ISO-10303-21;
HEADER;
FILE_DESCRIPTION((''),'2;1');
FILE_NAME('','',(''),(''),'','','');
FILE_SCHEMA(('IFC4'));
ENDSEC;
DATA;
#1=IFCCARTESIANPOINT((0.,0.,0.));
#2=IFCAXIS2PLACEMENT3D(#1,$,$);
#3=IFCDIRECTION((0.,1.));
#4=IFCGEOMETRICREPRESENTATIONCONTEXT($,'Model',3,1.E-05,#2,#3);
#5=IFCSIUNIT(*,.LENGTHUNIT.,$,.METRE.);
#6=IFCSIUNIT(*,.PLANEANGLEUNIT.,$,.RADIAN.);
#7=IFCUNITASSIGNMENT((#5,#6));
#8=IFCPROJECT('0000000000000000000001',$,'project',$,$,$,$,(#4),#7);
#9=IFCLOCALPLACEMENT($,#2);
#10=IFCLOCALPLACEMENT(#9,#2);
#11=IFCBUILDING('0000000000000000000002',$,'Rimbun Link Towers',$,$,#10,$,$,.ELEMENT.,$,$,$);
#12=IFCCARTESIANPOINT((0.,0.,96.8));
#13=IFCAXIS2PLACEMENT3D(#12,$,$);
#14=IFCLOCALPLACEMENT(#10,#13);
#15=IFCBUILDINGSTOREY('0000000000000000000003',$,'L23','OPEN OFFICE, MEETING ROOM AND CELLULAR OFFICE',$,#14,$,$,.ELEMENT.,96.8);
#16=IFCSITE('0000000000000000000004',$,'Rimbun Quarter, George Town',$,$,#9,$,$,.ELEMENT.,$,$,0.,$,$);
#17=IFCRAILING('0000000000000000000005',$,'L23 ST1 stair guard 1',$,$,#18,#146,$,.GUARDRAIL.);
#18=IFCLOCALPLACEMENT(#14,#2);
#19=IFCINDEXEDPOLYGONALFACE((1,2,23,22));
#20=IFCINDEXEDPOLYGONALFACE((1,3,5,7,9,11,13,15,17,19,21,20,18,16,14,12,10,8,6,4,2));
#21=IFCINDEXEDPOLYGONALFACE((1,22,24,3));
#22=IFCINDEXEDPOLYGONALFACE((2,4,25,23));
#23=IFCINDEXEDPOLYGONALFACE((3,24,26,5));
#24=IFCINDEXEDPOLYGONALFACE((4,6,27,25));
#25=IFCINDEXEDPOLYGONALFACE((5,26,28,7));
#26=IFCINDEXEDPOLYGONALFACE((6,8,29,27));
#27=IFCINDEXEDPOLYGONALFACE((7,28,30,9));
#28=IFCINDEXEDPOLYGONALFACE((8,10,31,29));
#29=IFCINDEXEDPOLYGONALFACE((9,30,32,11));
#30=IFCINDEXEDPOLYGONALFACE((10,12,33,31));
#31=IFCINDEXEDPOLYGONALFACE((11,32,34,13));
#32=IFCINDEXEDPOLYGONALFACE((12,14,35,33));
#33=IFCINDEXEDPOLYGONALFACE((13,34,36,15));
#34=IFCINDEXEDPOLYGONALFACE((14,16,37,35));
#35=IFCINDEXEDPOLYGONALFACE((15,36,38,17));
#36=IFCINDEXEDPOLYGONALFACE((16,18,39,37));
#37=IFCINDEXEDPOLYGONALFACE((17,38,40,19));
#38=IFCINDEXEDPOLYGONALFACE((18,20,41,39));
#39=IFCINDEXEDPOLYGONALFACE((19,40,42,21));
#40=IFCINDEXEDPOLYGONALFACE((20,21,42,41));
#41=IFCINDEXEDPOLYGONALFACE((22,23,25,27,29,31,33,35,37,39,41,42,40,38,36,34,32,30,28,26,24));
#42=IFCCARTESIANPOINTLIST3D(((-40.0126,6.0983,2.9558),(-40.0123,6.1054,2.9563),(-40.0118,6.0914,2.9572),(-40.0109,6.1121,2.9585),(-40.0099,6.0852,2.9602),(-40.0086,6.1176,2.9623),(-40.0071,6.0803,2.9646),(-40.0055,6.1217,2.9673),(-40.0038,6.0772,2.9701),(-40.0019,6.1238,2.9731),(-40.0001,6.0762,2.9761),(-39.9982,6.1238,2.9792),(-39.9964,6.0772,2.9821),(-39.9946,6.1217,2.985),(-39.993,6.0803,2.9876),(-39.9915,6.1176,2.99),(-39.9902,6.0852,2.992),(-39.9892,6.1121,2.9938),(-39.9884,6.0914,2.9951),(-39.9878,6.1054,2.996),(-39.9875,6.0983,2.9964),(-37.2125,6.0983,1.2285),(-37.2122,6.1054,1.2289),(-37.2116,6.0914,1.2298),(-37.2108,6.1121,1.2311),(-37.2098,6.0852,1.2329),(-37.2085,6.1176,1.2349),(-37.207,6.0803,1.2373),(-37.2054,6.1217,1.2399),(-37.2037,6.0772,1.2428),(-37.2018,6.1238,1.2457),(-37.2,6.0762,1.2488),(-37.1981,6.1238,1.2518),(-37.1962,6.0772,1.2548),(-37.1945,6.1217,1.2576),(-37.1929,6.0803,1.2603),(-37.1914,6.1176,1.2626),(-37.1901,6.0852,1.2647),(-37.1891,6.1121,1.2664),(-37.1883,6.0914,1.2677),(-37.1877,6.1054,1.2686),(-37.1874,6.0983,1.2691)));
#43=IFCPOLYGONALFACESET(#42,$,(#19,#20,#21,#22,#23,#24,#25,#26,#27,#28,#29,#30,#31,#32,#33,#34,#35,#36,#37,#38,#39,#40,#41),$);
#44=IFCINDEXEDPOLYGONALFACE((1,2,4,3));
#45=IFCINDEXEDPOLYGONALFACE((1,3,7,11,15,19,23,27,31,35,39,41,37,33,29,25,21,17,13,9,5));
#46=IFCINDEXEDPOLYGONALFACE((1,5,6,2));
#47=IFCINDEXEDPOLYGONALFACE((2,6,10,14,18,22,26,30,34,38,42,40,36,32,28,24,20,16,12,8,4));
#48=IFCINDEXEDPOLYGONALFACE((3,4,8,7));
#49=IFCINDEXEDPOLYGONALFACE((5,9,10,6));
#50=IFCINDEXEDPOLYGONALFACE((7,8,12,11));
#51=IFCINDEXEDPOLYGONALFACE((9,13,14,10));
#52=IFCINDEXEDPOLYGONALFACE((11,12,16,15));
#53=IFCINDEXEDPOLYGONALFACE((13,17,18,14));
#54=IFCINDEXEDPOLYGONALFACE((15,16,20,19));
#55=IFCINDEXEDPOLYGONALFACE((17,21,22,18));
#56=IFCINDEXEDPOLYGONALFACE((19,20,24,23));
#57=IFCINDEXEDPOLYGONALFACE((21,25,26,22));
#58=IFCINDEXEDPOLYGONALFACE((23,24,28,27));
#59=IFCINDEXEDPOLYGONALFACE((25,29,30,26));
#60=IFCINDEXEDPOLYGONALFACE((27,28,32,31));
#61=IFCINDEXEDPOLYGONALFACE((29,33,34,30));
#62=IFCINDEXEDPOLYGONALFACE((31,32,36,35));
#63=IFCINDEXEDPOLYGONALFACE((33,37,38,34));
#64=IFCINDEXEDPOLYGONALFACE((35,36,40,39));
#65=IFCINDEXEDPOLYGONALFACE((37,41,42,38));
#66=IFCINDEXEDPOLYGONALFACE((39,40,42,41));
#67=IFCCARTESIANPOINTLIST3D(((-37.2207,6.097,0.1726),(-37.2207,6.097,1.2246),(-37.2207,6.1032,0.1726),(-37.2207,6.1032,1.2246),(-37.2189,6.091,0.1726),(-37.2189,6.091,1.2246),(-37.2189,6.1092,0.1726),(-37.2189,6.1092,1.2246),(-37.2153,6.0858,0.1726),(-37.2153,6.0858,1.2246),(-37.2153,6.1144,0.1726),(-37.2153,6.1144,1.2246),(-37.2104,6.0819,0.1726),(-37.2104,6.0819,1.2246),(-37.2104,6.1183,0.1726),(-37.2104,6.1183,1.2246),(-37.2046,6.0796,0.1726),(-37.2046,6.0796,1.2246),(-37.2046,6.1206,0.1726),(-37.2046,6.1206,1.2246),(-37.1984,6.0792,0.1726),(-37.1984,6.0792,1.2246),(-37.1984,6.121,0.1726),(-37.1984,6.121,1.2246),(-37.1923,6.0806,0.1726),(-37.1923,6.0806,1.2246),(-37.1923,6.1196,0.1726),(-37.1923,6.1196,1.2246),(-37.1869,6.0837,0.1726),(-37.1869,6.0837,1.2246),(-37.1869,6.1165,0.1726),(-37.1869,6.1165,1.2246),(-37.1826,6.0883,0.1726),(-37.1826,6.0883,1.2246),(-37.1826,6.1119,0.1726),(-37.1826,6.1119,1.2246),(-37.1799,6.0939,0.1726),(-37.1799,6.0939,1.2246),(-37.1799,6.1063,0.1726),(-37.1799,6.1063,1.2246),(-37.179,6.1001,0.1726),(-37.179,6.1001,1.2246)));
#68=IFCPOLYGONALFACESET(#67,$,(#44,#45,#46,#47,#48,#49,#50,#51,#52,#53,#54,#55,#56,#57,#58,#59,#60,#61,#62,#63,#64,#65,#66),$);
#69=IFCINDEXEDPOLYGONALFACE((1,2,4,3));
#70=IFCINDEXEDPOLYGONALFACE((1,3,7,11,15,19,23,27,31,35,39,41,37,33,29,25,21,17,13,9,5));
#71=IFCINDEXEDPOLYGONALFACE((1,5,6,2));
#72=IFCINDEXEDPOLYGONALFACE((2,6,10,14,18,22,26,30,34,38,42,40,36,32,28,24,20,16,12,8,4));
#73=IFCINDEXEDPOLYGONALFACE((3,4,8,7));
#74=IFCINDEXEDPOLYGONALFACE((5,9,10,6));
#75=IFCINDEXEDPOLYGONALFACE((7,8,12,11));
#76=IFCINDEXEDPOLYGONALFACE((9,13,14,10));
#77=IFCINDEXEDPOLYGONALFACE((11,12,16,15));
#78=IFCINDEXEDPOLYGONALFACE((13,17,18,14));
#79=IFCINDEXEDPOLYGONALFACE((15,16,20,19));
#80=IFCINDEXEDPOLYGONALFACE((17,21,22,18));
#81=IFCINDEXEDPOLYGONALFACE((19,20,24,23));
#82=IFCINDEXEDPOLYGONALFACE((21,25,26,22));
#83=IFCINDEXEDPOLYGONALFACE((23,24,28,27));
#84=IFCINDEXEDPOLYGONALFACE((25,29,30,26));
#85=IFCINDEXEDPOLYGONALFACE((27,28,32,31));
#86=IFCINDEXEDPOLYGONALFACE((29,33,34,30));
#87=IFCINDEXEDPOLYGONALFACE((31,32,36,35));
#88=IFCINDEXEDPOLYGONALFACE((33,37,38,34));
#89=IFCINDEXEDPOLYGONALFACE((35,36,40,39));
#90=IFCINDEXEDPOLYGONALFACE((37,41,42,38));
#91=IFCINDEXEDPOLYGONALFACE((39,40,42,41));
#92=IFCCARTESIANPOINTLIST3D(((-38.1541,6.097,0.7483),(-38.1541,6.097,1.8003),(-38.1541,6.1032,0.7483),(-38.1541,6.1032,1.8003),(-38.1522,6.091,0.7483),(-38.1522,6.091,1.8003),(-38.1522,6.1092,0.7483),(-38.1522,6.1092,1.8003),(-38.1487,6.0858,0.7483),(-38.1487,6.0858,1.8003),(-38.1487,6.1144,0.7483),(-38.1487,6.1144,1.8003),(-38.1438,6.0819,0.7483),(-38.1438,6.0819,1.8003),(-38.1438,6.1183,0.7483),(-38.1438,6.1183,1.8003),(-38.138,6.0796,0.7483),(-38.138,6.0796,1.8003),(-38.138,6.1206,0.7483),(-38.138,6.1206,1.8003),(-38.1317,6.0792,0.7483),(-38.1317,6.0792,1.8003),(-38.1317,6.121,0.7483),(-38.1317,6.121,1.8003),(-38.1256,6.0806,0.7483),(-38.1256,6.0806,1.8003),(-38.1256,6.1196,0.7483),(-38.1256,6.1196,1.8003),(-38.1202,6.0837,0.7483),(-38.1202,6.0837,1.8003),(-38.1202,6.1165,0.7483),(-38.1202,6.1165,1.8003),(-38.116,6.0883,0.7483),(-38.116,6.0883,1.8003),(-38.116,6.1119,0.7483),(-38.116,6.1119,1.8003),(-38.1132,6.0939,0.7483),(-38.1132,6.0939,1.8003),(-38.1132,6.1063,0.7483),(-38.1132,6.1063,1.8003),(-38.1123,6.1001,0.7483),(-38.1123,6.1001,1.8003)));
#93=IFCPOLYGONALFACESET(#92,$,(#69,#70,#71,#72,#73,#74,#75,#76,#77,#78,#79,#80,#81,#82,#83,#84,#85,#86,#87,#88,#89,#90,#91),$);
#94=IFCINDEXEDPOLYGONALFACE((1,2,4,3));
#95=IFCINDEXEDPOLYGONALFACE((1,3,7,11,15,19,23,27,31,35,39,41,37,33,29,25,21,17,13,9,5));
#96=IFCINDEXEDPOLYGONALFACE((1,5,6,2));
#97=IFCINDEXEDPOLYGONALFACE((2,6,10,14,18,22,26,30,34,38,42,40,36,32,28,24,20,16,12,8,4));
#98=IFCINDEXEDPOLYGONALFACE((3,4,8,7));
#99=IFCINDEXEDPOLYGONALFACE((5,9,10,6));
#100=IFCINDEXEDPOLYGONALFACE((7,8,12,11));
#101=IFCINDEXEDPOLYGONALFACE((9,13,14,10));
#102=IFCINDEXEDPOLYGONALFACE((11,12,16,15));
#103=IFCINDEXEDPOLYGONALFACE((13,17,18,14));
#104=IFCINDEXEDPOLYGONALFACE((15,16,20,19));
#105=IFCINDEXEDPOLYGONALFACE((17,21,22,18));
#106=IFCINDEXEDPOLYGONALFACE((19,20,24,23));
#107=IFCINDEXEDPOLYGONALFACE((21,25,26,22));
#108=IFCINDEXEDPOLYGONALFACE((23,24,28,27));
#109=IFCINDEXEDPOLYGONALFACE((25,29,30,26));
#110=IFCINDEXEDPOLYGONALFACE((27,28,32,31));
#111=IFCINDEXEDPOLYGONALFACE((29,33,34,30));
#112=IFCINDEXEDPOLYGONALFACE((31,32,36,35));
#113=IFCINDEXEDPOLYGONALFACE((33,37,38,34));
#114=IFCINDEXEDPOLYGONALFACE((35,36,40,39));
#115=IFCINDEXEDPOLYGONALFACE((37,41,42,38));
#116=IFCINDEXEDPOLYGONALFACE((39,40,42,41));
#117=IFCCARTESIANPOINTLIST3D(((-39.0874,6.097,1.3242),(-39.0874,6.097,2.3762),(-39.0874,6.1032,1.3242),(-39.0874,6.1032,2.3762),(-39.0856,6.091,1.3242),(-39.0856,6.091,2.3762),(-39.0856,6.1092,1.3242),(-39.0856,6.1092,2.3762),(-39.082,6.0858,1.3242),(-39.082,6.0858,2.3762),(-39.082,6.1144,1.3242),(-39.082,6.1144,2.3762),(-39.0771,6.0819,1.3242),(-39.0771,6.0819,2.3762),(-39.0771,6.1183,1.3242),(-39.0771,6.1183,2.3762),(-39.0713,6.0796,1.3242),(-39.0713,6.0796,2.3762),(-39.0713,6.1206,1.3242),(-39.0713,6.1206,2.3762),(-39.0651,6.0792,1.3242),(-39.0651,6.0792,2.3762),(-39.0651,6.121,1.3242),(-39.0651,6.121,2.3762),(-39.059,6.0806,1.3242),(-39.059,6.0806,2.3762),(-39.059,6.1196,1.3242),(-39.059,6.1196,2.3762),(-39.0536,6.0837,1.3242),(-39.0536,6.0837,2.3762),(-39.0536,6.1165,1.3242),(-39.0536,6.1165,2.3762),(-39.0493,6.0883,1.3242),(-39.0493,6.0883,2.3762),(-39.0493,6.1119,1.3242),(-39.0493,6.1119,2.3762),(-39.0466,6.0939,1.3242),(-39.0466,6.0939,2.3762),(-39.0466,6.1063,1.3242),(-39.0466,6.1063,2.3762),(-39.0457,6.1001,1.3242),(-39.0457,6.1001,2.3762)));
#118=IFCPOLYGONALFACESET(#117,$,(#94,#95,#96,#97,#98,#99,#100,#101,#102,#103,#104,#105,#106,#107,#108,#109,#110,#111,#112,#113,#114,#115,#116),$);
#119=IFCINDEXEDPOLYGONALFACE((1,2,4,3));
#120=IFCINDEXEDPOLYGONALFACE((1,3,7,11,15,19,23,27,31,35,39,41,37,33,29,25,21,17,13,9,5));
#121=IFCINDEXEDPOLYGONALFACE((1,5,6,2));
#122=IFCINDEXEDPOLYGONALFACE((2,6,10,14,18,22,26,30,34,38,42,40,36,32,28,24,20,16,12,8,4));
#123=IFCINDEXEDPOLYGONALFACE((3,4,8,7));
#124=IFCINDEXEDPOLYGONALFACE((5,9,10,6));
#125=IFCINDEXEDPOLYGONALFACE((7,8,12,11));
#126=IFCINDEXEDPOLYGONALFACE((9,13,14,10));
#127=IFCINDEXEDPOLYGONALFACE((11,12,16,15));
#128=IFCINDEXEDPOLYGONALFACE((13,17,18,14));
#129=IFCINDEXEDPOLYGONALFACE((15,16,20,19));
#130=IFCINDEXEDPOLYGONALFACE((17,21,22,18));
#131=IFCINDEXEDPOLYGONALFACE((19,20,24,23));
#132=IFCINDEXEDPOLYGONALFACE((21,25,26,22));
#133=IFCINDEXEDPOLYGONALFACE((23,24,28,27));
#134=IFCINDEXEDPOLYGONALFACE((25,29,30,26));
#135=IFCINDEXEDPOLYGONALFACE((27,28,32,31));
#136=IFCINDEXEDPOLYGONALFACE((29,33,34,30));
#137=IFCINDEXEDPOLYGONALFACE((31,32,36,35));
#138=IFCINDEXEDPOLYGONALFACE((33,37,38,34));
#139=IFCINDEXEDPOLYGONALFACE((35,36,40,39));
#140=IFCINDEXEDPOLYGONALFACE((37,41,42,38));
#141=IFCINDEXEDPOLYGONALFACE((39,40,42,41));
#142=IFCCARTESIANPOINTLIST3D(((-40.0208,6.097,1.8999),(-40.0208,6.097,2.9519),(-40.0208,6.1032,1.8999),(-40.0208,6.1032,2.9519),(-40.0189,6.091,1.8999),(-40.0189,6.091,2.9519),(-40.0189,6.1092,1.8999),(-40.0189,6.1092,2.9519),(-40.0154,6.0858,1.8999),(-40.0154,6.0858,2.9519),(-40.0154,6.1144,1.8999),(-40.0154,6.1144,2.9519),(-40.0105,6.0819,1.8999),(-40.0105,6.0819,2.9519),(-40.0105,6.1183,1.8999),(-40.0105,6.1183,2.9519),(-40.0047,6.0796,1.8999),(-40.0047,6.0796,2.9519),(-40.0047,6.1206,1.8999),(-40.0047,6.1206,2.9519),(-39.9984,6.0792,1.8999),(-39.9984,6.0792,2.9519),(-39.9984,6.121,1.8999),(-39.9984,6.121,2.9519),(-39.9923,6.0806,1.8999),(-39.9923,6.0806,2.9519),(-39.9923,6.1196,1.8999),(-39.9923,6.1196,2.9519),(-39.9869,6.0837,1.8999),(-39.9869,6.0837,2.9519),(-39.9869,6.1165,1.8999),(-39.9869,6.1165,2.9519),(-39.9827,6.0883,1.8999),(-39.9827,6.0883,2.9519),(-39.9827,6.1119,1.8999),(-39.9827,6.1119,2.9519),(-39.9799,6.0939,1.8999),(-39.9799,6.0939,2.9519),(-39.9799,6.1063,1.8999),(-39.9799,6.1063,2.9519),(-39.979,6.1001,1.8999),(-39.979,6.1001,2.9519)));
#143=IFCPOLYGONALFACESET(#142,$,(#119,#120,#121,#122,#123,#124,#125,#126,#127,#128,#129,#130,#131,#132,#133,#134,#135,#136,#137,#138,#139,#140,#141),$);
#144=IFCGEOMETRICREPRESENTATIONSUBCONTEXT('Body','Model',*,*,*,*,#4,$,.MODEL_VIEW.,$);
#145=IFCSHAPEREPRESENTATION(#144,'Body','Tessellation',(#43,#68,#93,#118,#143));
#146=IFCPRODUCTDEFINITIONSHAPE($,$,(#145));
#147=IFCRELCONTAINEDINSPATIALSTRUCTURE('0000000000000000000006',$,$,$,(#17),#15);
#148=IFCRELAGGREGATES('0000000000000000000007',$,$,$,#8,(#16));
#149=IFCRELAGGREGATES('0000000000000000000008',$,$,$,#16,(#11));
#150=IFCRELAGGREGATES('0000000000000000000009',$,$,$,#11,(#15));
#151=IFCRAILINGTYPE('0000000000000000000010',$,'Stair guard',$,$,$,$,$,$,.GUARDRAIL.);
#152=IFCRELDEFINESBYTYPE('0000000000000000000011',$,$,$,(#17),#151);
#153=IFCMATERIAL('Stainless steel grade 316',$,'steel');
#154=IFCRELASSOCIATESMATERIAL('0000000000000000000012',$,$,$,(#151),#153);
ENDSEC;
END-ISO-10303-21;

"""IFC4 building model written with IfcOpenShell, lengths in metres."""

from ifc_helpers import new_model, si_unit, direction, frame, origin, origin_2d, place, context, subcontext, project, spatial, circle, extrude, material, type_object, element, save


model = new_model("IFC4")

# Units and contexts
model_context = context("Model", 3, precision=1e-05, world=origin(), true_north=direction((0.0, 1.0)))
body_context = subcontext(model_context, "Body", "Model", "MODEL_VIEW")
ifc_project = project(units=[si_unit("LENGTHUNIT", "METRE"), si_unit("PLANEANGLEUNIT", "RADIAN")], contexts=[model_context])

# Site, building, storey
site_placement = place(None, origin())
site = spatial("IfcSite", under=ifc_project, at=site_placement, Name="Rimbun Quarter, George Town", CompositionType="ELEMENT", RefElevation=0.0)
building_placement = place(site_placement, origin())
building = spatial("IfcBuilding", under=site, at=building_placement, Name="Rimbun Link Towers", CompositionType="ELEMENT")
storey_placement = place(building_placement, frame((0.0, 0.0, 96.8)))
storey = spatial("IfcBuildingStorey", under=building, at=storey_placement, Name="L23", Description="OPEN OFFICE, MEETING ROOM AND CELLULAR OFFICE", CompositionType="ELEMENT", Elevation=96.8)

# Railing
ifc_material_1 = material(Name="Stainless steel grade 316", Category="steel")
railing_type_1 = type_object("IfcRailingType", Name="Stair guard", PredefinedType="GUARDRAIL", material=ifc_material_1)
railing_1_placement = place(storey_placement, frame((-37.2, 6.1001, 0.1726)))
element("IfcRailing", 1, at=railing_1_placement, inside=storey, type_object=railing_type_1, Name="L23 ST1 stair guard 1", PredefinedType="GUARDRAIL", context=body_context, shape_type="SweptSolid", body=[
    extrude(circle(Radius=0.0239, at=origin_2d()), frame((0.0, 0.0, 1.0762), z_axis=(-0.85109, 0.0, 0.52502), x_axis=(0.0, -1.0, 0.0)), (0.0, 0.0, 1.0), 3.29),
    extrude(circle(Radius=0.021, at=origin_2d()), origin(), (0.0, 0.0, 1.0), 1.052),
    extrude(circle(Radius=0.021, at=origin_2d()), frame((-0.9333, 0.0, 0.5757)), (0.0, 0.0, 1.0), 1.052),
    extrude(circle(Radius=0.021, at=origin_2d()), frame((-1.8667, 0.0, 1.1516)), (0.0, 0.0, 1.0), 1.052),
    extrude(circle(Radius=0.021, at=origin_2d()), frame((-2.8, 0.0, 1.7273)), (0.0, 0.0, 1.0), 1.052),
])

save(model, "model.ifc")
